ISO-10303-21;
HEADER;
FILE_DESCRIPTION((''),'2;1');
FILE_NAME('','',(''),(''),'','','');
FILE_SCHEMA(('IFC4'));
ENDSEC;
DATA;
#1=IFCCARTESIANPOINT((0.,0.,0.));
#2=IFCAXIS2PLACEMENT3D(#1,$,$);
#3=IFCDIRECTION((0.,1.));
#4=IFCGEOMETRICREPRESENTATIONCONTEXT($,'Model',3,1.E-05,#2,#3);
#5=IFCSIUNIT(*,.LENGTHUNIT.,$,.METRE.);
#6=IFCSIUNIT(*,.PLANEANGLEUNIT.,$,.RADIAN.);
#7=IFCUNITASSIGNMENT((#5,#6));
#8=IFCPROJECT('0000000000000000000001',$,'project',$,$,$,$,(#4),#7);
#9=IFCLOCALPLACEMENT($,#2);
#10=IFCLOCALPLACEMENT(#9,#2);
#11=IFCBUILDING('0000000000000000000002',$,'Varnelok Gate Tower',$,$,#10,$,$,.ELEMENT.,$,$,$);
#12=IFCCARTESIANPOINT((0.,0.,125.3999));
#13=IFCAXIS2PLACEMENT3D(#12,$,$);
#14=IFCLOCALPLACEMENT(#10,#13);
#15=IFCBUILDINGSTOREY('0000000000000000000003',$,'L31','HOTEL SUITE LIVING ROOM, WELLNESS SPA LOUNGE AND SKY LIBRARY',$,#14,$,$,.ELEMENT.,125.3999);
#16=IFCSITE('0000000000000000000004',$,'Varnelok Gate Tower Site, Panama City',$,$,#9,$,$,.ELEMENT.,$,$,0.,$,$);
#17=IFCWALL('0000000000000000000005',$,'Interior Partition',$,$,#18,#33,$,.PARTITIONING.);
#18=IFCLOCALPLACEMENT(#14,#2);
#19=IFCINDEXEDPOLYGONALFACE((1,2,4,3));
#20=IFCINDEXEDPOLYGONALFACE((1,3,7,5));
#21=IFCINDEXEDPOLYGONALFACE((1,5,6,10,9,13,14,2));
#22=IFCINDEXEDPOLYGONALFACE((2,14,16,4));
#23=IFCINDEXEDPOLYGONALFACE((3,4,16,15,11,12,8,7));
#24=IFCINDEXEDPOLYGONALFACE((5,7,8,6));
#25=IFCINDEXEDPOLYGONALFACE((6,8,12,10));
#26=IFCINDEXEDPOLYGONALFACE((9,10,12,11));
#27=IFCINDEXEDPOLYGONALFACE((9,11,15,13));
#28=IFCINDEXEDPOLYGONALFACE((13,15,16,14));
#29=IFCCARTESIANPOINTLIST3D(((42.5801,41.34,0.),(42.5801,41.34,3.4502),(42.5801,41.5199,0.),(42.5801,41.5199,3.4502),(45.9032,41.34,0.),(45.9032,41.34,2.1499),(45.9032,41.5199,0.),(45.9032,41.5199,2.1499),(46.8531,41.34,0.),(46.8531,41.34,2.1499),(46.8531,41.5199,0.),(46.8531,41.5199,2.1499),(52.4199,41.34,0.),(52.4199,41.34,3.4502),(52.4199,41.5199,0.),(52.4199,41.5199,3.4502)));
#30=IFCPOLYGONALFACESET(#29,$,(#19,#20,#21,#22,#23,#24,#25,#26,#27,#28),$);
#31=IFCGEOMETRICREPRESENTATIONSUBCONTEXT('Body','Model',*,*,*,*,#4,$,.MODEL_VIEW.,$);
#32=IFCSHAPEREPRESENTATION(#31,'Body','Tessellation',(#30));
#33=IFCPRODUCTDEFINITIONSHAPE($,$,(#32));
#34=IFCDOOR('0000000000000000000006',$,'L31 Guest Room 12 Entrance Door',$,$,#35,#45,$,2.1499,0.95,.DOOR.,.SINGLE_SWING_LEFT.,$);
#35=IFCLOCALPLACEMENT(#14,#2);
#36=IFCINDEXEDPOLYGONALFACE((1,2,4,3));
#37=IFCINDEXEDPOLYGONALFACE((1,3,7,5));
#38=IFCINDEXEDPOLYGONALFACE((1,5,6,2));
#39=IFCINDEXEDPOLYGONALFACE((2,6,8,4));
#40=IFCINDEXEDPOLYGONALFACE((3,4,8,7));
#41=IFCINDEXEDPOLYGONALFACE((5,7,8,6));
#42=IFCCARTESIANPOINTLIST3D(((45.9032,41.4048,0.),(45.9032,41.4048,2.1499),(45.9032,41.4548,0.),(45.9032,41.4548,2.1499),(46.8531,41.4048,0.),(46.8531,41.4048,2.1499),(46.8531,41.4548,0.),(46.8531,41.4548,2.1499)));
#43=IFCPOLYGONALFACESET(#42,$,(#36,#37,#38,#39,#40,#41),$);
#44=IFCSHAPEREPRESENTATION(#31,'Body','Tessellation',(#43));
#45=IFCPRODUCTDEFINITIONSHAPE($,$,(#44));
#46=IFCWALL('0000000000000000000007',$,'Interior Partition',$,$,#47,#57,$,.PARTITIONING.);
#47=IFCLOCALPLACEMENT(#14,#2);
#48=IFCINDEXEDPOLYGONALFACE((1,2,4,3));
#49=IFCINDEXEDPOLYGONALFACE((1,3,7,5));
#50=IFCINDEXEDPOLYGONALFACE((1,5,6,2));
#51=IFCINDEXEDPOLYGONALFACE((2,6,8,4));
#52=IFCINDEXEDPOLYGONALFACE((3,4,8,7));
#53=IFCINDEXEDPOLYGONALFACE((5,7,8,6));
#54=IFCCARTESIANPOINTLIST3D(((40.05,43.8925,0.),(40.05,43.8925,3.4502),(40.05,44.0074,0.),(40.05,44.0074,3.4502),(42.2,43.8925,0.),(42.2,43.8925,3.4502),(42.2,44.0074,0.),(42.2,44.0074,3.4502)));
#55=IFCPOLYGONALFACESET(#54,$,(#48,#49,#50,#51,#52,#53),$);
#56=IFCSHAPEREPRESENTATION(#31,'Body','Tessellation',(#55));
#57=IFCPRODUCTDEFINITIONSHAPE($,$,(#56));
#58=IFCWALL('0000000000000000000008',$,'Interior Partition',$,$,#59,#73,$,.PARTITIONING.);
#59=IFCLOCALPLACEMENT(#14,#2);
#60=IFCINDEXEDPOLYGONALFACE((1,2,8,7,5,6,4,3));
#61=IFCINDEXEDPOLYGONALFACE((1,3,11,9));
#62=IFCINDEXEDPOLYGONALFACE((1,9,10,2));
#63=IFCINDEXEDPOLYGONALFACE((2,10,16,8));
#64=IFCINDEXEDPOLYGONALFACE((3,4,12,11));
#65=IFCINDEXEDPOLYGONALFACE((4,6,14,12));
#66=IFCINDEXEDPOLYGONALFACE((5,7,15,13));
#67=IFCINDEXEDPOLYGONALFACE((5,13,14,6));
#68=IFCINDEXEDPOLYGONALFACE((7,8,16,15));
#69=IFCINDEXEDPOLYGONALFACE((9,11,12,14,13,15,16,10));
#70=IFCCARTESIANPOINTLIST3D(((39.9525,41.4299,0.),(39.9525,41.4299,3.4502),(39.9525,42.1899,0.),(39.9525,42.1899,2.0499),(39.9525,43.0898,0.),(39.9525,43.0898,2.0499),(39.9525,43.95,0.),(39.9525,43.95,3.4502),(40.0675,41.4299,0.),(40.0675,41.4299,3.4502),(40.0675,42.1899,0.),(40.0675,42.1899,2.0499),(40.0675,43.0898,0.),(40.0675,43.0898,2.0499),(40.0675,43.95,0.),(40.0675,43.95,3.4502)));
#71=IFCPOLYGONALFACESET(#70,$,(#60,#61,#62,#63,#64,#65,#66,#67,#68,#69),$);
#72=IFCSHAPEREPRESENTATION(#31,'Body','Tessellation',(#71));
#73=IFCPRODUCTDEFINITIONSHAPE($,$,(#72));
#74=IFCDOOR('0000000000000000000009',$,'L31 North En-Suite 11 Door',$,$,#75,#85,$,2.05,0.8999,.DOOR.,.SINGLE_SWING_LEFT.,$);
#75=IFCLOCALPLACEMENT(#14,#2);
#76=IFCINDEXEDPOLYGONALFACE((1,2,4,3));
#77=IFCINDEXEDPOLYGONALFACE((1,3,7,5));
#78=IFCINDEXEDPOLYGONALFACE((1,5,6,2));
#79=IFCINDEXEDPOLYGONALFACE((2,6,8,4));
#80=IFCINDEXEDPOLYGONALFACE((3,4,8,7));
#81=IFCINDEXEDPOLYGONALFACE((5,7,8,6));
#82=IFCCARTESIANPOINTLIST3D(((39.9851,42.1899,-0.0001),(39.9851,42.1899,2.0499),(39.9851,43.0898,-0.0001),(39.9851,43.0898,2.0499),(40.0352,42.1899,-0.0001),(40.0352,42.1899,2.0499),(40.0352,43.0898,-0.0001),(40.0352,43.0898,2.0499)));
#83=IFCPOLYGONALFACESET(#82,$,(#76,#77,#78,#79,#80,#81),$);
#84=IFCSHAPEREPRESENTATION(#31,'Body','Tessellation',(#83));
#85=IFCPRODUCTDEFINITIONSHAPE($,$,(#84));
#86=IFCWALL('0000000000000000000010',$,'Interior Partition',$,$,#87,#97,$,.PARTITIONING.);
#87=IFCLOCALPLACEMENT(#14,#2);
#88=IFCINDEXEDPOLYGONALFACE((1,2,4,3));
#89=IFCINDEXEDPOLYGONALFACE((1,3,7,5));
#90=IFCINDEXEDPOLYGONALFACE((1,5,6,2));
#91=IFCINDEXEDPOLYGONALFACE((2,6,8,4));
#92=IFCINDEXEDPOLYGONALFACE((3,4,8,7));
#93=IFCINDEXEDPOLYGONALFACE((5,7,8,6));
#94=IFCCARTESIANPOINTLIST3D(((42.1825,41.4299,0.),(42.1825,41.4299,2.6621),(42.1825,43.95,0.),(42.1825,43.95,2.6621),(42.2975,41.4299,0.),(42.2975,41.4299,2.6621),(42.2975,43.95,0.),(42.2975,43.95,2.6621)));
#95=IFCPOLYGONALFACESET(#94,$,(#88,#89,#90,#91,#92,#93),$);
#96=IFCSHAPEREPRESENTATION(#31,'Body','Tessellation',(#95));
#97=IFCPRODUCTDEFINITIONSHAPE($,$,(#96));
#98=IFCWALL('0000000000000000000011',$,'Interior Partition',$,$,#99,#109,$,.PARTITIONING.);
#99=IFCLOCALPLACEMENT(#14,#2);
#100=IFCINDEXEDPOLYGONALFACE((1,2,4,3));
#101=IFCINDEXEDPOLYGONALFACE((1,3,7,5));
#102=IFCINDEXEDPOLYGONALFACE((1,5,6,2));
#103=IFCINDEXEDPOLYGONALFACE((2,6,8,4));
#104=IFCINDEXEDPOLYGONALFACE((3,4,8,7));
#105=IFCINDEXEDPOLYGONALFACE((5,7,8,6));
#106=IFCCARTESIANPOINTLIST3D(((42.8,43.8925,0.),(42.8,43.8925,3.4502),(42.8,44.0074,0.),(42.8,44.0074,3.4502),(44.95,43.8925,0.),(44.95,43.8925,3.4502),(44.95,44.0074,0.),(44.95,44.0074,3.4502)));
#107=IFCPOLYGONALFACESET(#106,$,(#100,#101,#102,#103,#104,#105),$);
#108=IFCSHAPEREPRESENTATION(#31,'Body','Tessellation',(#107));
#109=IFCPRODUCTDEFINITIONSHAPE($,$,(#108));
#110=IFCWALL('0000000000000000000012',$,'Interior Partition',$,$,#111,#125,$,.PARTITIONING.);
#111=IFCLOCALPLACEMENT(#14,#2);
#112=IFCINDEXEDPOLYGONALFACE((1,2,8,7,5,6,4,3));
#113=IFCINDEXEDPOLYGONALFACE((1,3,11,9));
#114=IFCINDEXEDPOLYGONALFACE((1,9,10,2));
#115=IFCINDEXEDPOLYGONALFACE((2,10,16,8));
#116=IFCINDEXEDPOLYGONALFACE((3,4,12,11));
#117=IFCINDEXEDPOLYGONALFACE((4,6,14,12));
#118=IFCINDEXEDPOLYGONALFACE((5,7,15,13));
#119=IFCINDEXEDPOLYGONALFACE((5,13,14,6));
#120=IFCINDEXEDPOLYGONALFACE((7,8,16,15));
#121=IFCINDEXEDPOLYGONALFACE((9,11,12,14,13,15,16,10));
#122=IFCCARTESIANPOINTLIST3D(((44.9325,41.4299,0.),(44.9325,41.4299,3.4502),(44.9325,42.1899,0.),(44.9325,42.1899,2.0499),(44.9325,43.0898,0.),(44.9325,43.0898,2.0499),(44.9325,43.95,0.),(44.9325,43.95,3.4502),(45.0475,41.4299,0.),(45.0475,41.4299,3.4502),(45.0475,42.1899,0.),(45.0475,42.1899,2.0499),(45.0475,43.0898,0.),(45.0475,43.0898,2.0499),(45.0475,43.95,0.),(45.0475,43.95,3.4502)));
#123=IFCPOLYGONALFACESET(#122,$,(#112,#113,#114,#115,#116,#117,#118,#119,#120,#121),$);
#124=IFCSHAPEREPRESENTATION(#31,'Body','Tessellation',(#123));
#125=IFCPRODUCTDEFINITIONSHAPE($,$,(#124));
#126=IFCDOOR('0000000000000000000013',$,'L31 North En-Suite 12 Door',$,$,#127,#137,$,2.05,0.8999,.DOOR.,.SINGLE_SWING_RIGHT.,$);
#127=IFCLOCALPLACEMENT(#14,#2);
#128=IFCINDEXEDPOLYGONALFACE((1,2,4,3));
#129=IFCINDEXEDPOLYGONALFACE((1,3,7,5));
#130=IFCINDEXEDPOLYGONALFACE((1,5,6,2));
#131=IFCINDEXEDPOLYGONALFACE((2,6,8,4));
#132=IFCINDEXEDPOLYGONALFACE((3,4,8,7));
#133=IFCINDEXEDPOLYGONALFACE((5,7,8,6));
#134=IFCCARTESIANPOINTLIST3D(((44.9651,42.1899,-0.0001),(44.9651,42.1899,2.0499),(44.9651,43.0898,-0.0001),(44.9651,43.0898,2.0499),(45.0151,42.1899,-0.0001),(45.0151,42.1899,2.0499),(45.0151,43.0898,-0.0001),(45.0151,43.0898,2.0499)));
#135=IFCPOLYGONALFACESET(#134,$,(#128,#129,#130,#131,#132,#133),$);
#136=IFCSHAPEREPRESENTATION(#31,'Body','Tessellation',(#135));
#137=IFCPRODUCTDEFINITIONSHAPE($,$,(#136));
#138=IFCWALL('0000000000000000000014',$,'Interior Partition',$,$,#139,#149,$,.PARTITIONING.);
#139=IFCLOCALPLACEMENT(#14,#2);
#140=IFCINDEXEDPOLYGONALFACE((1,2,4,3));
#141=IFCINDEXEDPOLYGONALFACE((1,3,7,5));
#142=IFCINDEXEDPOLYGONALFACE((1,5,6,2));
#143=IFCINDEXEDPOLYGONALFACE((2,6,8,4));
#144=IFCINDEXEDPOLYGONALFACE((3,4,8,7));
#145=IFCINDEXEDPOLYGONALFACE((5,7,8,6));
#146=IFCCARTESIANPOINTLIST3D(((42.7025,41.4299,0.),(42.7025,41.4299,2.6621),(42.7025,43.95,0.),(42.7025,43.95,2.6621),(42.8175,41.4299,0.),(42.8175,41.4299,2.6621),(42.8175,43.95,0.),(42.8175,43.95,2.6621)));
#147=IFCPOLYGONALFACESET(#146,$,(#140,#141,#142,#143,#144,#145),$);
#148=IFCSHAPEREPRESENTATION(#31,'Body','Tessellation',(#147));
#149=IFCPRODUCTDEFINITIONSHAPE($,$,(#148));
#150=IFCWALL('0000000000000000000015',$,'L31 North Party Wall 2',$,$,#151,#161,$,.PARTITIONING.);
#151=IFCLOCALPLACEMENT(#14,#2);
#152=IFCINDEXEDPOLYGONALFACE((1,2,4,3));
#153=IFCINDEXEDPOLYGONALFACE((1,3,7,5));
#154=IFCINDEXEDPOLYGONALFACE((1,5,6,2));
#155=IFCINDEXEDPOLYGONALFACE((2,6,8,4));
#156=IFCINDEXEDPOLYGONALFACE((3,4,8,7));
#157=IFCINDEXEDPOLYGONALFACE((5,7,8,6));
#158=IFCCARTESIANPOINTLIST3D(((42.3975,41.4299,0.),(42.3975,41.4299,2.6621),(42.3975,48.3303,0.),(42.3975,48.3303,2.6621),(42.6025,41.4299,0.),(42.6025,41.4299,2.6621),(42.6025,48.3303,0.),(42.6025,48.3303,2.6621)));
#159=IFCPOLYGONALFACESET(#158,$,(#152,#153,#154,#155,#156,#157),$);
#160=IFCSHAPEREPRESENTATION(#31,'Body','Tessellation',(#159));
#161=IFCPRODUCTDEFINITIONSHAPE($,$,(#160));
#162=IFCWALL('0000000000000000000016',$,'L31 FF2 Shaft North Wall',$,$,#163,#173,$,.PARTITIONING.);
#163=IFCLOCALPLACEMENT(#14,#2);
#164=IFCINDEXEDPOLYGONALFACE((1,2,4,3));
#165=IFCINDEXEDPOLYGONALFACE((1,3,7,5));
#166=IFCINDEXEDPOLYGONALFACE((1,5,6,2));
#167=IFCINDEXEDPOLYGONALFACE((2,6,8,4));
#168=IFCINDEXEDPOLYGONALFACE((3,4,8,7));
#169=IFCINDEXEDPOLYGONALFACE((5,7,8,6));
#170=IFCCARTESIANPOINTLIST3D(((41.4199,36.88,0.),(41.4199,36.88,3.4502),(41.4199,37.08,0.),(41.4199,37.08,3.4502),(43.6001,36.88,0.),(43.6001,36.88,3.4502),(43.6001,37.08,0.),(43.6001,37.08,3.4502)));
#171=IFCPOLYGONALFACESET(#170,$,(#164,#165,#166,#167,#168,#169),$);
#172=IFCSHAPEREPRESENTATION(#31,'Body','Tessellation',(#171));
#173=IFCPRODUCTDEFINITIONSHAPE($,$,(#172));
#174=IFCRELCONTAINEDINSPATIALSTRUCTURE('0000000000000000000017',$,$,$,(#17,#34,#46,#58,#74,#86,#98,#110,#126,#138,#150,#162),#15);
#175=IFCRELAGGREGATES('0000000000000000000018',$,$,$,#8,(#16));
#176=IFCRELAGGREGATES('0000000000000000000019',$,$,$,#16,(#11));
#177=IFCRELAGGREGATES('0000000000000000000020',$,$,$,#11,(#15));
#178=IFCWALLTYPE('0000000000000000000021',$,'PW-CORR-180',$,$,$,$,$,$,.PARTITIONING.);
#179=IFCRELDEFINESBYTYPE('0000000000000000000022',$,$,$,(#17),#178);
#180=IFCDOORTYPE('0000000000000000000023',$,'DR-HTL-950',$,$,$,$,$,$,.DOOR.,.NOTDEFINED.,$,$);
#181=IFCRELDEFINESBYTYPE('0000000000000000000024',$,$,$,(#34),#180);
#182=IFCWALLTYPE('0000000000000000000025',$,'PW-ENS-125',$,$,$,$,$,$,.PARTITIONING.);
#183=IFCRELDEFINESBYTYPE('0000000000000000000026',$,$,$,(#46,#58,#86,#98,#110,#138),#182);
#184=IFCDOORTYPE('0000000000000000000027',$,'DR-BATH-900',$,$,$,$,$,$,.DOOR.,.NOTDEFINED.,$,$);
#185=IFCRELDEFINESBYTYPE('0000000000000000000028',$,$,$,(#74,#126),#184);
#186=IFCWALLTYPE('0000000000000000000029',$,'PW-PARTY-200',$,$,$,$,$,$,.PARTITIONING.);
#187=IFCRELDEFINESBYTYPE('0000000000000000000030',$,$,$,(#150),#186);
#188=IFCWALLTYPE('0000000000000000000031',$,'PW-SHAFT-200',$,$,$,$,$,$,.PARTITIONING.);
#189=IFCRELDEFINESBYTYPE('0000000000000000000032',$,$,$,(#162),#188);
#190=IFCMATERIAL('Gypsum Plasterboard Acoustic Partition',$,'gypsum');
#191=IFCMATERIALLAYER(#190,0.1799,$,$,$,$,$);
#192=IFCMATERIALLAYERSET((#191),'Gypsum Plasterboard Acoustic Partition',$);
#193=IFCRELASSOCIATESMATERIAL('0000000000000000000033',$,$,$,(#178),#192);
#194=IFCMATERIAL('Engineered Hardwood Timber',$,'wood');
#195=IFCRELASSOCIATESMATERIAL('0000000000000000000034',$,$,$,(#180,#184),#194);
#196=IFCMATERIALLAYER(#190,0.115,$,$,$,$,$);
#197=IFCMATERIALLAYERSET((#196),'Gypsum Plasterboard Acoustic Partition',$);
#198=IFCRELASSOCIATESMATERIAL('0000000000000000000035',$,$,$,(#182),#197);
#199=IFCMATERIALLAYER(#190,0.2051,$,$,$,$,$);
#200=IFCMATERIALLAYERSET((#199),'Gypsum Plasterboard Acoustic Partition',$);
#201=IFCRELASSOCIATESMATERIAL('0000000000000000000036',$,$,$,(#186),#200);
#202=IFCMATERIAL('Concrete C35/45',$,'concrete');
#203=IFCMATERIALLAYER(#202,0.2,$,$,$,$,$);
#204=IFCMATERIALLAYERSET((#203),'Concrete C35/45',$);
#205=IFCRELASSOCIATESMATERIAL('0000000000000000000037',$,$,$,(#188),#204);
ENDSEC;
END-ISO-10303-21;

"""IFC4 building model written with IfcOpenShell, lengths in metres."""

from ifc_helpers import new_model, si_unit, direction, frame, frame_2d, origin, place, context, subcontext, project, spatial, rectangle, extrude, material, layer, layer_set, type_object, element, fill, save


model = new_model("IFC4")

# Units and contexts
model_context = context("Model", 3, precision=1e-05, world=origin(), true_north=direction((0.0, 1.0)))
body_context = subcontext(model_context, "Body", "Model", "MODEL_VIEW")
ifc_project = project(units=[si_unit("LENGTHUNIT", "METRE"), si_unit("PLANEANGLEUNIT", "RADIAN")], contexts=[model_context])

# Site, building, storey
site_placement = place(None, origin())
site = spatial("IfcSite", under=ifc_project, at=site_placement, Name="Varnelok Gate Tower Site, Panama City", CompositionType="ELEMENT", RefElevation=0.0)
building_placement = place(site_placement, origin())
building = spatial("IfcBuilding", under=site, at=building_placement, Name="Varnelok Gate Tower", CompositionType="ELEMENT")
storey_placement = place(building_placement, frame((0.0, 0.0, 125.3999)))
storey = spatial("IfcBuildingStorey", under=building, at=storey_placement, Name="L31", Description="HOTEL SUITE LIVING ROOM, WELLNESS SPA LOUNGE AND SKY LIBRARY", CompositionType="ELEMENT", Elevation=125.3999)

# Wall, opening, door
ifc_material_1 = material(Name="Gypsum Plasterboard Acoustic Partition", Category="gypsum")
ifc_layer_1 = layer(ifc_material_1, 0.1799)
ifc_layer_set_1 = layer_set([ifc_layer_1], Name="Gypsum Plasterboard Acoustic Partition")
wall_type_1 = type_object("IfcWallType", Name="PW-CORR-180", PredefinedType="PARTITIONING", material=ifc_layer_set_1)
wall_1_placement = place(storey_placement, frame((42.5801, 41.4299, 0.0), z_axis=(0.0, 0.0, 1.0), x_axis=(1.0, 0.0, 0.0)))
wall_1 = element("IfcWall", 1, at=wall_1_placement, inside=storey, type_object=wall_type_1, Name="Interior Partition", PredefinedType="PARTITIONING", context=body_context, shape_type="SweptSolid", body=[
    extrude(rectangle(XDim=9.8398, YDim=0.1799, at=frame_2d((4.9199, 0.0))), origin(), (0.0, 0.0, 1.0), 3.4502),
])
opening_1_placement = place(wall_1_placement, frame((3.323, 0.0, 0.0)))
opening_1 = element("IfcOpeningElement", 2, at=opening_1_placement, cuts=wall_1, PredefinedType="OPENING", context=body_context, shape_type="SweptSolid", body=[
    extrude(rectangle(XDim=0.95, YDim=2.1499, at=frame_2d((0.4751, 1.075))), frame((0.0, 0.0999, 0.0), z_axis=(0.0, -1.0, 0.0), x_axis=(1.0, 0.0, 0.0)), (0.0, 0.0, 1.0), 0.2),
])
ifc_material_2 = material(Name="Engineered Hardwood Timber", Category="wood")
door_type_1 = type_object("IfcDoorType", Name="DR-HTL-950", OperationType="NOTDEFINED", PredefinedType="DOOR", material=ifc_material_2)
door_1_placement = place(opening_1_placement, origin())
door_1 = element("IfcDoor", 3, at=door_1_placement, inside=storey, type_object=door_type_1, Name="L31 Guest Room 12 Entrance Door", OperationType="SINGLE_SWING_LEFT", OverallHeight=2.1499, OverallWidth=0.95, PredefinedType="DOOR", context=body_context, shape_type="SweptSolid", body=[
    extrude(rectangle(XDim=0.95, YDim=2.1499, at=frame_2d((0.4751, 1.075))), frame((0.0, 0.0249, 0.0), z_axis=(0.0, -1.0, 0.0), x_axis=(1.0, 0.0, 0.0)), (0.0, 0.0, 1.0), 0.05),
])
fill(opening_1, door_1)

# Wall
ifc_layer_2 = layer(ifc_material_1, 0.115)
ifc_layer_set_2 = layer_set([ifc_layer_2], Name="Gypsum Plasterboard Acoustic Partition")
wall_type_2 = type_object("IfcWallType", Name="PW-ENS-125", PredefinedType="PARTITIONING", material=ifc_layer_set_2)
wall_2_placement = place(storey_placement, frame((40.05, 43.95, 0.0), z_axis=(0.0, 0.0, 1.0), x_axis=(1.0, 0.0, 0.0)))
element("IfcWall", 4, at=wall_2_placement, inside=storey, type_object=wall_type_2, Name="Interior Partition", PredefinedType="PARTITIONING", context=body_context, shape_type="SweptSolid", body=[
    extrude(rectangle(XDim=2.1499, YDim=0.115, at=frame_2d((1.075, 0.0))), origin(), (0.0, 0.0, 1.0), 3.4502),
])

# Wall, opening, door
wall_3_placement = place(storey_placement, frame((40.01, 41.4299, 0.0), z_axis=(0.0, 0.0, 1.0), x_axis=(0.0, 1.0, 0.0)))
wall_3 = element("IfcWall", 5, at=wall_3_placement, inside=storey, type_object=wall_type_2, Name="Interior Partition", PredefinedType="PARTITIONING", context=body_context, shape_type="SweptSolid", body=[
    extrude(rectangle(XDim=2.52, YDim=0.115, at=frame_2d((1.26, 0.0))), origin(), (0.0, 0.0, 1.0), 3.4502),
])
opening_2_placement = place(wall_3_placement, frame((0.76, 0.0, 0.0)))
opening_2 = element("IfcOpeningElement", 6, at=opening_2_placement, cuts=wall_3, PredefinedType="OPENING", context=body_context, shape_type="SweptSolid", body=[
    extrude(rectangle(XDim=0.8999, YDim=2.05, at=frame_2d((0.45, 1.0249))), frame((0.0, 0.0674, 0.0), z_axis=(0.0, -1.0, 0.0), x_axis=(1.0, 0.0, 0.0)), (0.0, 0.0, 1.0), 0.135),
])
door_type_2 = type_object("IfcDoorType", Name="DR-BATH-900", OperationType="NOTDEFINED", PredefinedType="DOOR", material=ifc_material_2)
door_2_placement = place(opening_2_placement, origin())
door_2 = element("IfcDoor", 7, at=door_2_placement, inside=storey, type_object=door_type_2, Name="L31 North En-Suite 11 Door", OperationType="SINGLE_SWING_LEFT", OverallHeight=2.05, OverallWidth=0.8999, PredefinedType="DOOR", context=body_context, shape_type="SweptSolid", body=[
    extrude(rectangle(XDim=0.8999, YDim=2.05, at=frame_2d((0.45, 1.0249))), frame((0.0, 0.0249, 0.0), z_axis=(0.0, -1.0, 0.0), x_axis=(1.0, 0.0, 0.0)), (0.0, 0.0, 1.0), 0.05),
])
fill(opening_2, door_2)

# Walls
wall_4_placement = place(storey_placement, frame((42.24, 41.4299, 0.0), z_axis=(0.0, 0.0, 1.0), x_axis=(0.0, 1.0, 0.0)))
element("IfcWall", 8, at=wall_4_placement, inside=storey, type_object=wall_type_2, Name="Interior Partition", PredefinedType="PARTITIONING", context=body_context, shape_type="SweptSolid", body=[
    extrude(rectangle(XDim=2.52, YDim=0.115, at=frame_2d((1.26, 0.0))), origin(), (0.0, 0.0, 1.0), 2.6621),
])
wall_5_placement = place(storey_placement, frame((42.8, 43.95, 0.0), z_axis=(0.0, 0.0, 1.0), x_axis=(1.0, 0.0, 0.0)))
element("IfcWall", 9, at=wall_5_placement, inside=storey, type_object=wall_type_2, Name="Interior Partition", PredefinedType="PARTITIONING", context=body_context, shape_type="SweptSolid", body=[
    extrude(rectangle(XDim=2.1499, YDim=0.115, at=frame_2d((1.075, 0.0))), origin(), (0.0, 0.0, 1.0), 3.4502),
])

# Wall, opening, door
wall_6_placement = place(storey_placement, frame((44.99, 41.4299, 0.0), z_axis=(0.0, 0.0, 1.0), x_axis=(0.0, 1.0, 0.0)))
wall_6 = element("IfcWall", 10, at=wall_6_placement, inside=storey, type_object=wall_type_2, Name="Interior Partition", PredefinedType="PARTITIONING", context=body_context, shape_type="SweptSolid", body=[
    extrude(rectangle(XDim=2.52, YDim=0.115, at=frame_2d((1.26, 0.0))), origin(), (0.0, 0.0, 1.0), 3.4502),
])
opening_3_placement = place(wall_6_placement, frame((0.76, 0.0, 0.0)))
opening_3 = element("IfcOpeningElement", 11, at=opening_3_placement, cuts=wall_6, PredefinedType="OPENING", context=body_context, shape_type="SweptSolid", body=[
    extrude(rectangle(XDim=0.8999, YDim=2.05, at=frame_2d((0.45, 1.0249))), frame((0.0, 0.0674, 0.0), z_axis=(0.0, -1.0, 0.0), x_axis=(1.0, 0.0, 0.0)), (0.0, 0.0, 1.0), 0.135),
])
door_3_placement = place(opening_3_placement, origin())
door_3 = element("IfcDoor", 12, at=door_3_placement, inside=storey, type_object=door_type_2, Name="L31 North En-Suite 12 Door", OperationType="SINGLE_SWING_RIGHT", OverallHeight=2.05, OverallWidth=0.8999, PredefinedType="DOOR", context=body_context, shape_type="SweptSolid", body=[
    extrude(rectangle(XDim=0.8999, YDim=2.05, at=frame_2d((0.45, 1.0249))), frame((0.0, 0.0249, 0.0), z_axis=(0.0, -1.0, 0.0), x_axis=(1.0, 0.0, 0.0)), (0.0, 0.0, 1.0), 0.05),
])
fill(opening_3, door_3)

# Walls
wall_7_placement = place(storey_placement, frame((42.76, 41.4299, 0.0), z_axis=(0.0, 0.0, 1.0), x_axis=(0.0, 1.0, 0.0)))
element("IfcWall", 13, at=wall_7_placement, inside=storey, type_object=wall_type_2, Name="Interior Partition", PredefinedType="PARTITIONING", context=body_context, shape_type="SweptSolid", body=[
    extrude(rectangle(XDim=2.52, YDim=0.115, at=frame_2d((1.26, 0.0))), origin(), (0.0, 0.0, 1.0), 2.6621),
])
ifc_layer_3 = layer(ifc_material_1, 0.2051)
ifc_layer_set_3 = layer_set([ifc_layer_3], Name="Gypsum Plasterboard Acoustic Partition")
wall_type_3 = type_object("IfcWallType", Name="PW-PARTY-200", PredefinedType="PARTITIONING", material=ifc_layer_set_3)
wall_8_placement = place(storey_placement, frame((42.5, 41.4299, 0.0), z_axis=(0.0, 0.0, 1.0), x_axis=(0.0, 1.0, 0.0)))
element("IfcWall", 14, at=wall_8_placement, inside=storey, type_object=wall_type_3, Name="L31 North Party Wall 2", PredefinedType="PARTITIONING", context=body_context, shape_type="SweptSolid", body=[
    extrude(rectangle(XDim=6.9004, YDim=0.2051, at=frame_2d((3.4502, 0.0))), origin(), (0.0, 0.0, 1.0), 2.6621),
])
ifc_material_3 = material(Name="Concrete C35/45", Category="concrete")
ifc_layer_4 = layer(ifc_material_3, 0.2)
ifc_layer_set_4 = layer_set([ifc_layer_4], Name="Concrete C35/45")
wall_type_4 = type_object("IfcWallType", Name="PW-SHAFT-200", PredefinedType="PARTITIONING", material=ifc_layer_set_4)
wall_9_placement = place(storey_placement, frame((41.4199, 36.98, 0.0), z_axis=(0.0, 0.0, 1.0), x_axis=(1.0, 0.0, 0.0)))
element("IfcWall", 15, at=wall_9_placement, inside=storey, type_object=wall_type_4, Name="L31 FF2 Shaft North Wall", PredefinedType="PARTITIONING", context=body_context, shape_type="SweptSolid", body=[
    extrude(rectangle(XDim=2.1802, YDim=0.2, at=frame_2d((1.0901, 0.0))), origin(), (0.0, 0.0, 1.0), 3.4502),
])

save(model, "model.ifc")
